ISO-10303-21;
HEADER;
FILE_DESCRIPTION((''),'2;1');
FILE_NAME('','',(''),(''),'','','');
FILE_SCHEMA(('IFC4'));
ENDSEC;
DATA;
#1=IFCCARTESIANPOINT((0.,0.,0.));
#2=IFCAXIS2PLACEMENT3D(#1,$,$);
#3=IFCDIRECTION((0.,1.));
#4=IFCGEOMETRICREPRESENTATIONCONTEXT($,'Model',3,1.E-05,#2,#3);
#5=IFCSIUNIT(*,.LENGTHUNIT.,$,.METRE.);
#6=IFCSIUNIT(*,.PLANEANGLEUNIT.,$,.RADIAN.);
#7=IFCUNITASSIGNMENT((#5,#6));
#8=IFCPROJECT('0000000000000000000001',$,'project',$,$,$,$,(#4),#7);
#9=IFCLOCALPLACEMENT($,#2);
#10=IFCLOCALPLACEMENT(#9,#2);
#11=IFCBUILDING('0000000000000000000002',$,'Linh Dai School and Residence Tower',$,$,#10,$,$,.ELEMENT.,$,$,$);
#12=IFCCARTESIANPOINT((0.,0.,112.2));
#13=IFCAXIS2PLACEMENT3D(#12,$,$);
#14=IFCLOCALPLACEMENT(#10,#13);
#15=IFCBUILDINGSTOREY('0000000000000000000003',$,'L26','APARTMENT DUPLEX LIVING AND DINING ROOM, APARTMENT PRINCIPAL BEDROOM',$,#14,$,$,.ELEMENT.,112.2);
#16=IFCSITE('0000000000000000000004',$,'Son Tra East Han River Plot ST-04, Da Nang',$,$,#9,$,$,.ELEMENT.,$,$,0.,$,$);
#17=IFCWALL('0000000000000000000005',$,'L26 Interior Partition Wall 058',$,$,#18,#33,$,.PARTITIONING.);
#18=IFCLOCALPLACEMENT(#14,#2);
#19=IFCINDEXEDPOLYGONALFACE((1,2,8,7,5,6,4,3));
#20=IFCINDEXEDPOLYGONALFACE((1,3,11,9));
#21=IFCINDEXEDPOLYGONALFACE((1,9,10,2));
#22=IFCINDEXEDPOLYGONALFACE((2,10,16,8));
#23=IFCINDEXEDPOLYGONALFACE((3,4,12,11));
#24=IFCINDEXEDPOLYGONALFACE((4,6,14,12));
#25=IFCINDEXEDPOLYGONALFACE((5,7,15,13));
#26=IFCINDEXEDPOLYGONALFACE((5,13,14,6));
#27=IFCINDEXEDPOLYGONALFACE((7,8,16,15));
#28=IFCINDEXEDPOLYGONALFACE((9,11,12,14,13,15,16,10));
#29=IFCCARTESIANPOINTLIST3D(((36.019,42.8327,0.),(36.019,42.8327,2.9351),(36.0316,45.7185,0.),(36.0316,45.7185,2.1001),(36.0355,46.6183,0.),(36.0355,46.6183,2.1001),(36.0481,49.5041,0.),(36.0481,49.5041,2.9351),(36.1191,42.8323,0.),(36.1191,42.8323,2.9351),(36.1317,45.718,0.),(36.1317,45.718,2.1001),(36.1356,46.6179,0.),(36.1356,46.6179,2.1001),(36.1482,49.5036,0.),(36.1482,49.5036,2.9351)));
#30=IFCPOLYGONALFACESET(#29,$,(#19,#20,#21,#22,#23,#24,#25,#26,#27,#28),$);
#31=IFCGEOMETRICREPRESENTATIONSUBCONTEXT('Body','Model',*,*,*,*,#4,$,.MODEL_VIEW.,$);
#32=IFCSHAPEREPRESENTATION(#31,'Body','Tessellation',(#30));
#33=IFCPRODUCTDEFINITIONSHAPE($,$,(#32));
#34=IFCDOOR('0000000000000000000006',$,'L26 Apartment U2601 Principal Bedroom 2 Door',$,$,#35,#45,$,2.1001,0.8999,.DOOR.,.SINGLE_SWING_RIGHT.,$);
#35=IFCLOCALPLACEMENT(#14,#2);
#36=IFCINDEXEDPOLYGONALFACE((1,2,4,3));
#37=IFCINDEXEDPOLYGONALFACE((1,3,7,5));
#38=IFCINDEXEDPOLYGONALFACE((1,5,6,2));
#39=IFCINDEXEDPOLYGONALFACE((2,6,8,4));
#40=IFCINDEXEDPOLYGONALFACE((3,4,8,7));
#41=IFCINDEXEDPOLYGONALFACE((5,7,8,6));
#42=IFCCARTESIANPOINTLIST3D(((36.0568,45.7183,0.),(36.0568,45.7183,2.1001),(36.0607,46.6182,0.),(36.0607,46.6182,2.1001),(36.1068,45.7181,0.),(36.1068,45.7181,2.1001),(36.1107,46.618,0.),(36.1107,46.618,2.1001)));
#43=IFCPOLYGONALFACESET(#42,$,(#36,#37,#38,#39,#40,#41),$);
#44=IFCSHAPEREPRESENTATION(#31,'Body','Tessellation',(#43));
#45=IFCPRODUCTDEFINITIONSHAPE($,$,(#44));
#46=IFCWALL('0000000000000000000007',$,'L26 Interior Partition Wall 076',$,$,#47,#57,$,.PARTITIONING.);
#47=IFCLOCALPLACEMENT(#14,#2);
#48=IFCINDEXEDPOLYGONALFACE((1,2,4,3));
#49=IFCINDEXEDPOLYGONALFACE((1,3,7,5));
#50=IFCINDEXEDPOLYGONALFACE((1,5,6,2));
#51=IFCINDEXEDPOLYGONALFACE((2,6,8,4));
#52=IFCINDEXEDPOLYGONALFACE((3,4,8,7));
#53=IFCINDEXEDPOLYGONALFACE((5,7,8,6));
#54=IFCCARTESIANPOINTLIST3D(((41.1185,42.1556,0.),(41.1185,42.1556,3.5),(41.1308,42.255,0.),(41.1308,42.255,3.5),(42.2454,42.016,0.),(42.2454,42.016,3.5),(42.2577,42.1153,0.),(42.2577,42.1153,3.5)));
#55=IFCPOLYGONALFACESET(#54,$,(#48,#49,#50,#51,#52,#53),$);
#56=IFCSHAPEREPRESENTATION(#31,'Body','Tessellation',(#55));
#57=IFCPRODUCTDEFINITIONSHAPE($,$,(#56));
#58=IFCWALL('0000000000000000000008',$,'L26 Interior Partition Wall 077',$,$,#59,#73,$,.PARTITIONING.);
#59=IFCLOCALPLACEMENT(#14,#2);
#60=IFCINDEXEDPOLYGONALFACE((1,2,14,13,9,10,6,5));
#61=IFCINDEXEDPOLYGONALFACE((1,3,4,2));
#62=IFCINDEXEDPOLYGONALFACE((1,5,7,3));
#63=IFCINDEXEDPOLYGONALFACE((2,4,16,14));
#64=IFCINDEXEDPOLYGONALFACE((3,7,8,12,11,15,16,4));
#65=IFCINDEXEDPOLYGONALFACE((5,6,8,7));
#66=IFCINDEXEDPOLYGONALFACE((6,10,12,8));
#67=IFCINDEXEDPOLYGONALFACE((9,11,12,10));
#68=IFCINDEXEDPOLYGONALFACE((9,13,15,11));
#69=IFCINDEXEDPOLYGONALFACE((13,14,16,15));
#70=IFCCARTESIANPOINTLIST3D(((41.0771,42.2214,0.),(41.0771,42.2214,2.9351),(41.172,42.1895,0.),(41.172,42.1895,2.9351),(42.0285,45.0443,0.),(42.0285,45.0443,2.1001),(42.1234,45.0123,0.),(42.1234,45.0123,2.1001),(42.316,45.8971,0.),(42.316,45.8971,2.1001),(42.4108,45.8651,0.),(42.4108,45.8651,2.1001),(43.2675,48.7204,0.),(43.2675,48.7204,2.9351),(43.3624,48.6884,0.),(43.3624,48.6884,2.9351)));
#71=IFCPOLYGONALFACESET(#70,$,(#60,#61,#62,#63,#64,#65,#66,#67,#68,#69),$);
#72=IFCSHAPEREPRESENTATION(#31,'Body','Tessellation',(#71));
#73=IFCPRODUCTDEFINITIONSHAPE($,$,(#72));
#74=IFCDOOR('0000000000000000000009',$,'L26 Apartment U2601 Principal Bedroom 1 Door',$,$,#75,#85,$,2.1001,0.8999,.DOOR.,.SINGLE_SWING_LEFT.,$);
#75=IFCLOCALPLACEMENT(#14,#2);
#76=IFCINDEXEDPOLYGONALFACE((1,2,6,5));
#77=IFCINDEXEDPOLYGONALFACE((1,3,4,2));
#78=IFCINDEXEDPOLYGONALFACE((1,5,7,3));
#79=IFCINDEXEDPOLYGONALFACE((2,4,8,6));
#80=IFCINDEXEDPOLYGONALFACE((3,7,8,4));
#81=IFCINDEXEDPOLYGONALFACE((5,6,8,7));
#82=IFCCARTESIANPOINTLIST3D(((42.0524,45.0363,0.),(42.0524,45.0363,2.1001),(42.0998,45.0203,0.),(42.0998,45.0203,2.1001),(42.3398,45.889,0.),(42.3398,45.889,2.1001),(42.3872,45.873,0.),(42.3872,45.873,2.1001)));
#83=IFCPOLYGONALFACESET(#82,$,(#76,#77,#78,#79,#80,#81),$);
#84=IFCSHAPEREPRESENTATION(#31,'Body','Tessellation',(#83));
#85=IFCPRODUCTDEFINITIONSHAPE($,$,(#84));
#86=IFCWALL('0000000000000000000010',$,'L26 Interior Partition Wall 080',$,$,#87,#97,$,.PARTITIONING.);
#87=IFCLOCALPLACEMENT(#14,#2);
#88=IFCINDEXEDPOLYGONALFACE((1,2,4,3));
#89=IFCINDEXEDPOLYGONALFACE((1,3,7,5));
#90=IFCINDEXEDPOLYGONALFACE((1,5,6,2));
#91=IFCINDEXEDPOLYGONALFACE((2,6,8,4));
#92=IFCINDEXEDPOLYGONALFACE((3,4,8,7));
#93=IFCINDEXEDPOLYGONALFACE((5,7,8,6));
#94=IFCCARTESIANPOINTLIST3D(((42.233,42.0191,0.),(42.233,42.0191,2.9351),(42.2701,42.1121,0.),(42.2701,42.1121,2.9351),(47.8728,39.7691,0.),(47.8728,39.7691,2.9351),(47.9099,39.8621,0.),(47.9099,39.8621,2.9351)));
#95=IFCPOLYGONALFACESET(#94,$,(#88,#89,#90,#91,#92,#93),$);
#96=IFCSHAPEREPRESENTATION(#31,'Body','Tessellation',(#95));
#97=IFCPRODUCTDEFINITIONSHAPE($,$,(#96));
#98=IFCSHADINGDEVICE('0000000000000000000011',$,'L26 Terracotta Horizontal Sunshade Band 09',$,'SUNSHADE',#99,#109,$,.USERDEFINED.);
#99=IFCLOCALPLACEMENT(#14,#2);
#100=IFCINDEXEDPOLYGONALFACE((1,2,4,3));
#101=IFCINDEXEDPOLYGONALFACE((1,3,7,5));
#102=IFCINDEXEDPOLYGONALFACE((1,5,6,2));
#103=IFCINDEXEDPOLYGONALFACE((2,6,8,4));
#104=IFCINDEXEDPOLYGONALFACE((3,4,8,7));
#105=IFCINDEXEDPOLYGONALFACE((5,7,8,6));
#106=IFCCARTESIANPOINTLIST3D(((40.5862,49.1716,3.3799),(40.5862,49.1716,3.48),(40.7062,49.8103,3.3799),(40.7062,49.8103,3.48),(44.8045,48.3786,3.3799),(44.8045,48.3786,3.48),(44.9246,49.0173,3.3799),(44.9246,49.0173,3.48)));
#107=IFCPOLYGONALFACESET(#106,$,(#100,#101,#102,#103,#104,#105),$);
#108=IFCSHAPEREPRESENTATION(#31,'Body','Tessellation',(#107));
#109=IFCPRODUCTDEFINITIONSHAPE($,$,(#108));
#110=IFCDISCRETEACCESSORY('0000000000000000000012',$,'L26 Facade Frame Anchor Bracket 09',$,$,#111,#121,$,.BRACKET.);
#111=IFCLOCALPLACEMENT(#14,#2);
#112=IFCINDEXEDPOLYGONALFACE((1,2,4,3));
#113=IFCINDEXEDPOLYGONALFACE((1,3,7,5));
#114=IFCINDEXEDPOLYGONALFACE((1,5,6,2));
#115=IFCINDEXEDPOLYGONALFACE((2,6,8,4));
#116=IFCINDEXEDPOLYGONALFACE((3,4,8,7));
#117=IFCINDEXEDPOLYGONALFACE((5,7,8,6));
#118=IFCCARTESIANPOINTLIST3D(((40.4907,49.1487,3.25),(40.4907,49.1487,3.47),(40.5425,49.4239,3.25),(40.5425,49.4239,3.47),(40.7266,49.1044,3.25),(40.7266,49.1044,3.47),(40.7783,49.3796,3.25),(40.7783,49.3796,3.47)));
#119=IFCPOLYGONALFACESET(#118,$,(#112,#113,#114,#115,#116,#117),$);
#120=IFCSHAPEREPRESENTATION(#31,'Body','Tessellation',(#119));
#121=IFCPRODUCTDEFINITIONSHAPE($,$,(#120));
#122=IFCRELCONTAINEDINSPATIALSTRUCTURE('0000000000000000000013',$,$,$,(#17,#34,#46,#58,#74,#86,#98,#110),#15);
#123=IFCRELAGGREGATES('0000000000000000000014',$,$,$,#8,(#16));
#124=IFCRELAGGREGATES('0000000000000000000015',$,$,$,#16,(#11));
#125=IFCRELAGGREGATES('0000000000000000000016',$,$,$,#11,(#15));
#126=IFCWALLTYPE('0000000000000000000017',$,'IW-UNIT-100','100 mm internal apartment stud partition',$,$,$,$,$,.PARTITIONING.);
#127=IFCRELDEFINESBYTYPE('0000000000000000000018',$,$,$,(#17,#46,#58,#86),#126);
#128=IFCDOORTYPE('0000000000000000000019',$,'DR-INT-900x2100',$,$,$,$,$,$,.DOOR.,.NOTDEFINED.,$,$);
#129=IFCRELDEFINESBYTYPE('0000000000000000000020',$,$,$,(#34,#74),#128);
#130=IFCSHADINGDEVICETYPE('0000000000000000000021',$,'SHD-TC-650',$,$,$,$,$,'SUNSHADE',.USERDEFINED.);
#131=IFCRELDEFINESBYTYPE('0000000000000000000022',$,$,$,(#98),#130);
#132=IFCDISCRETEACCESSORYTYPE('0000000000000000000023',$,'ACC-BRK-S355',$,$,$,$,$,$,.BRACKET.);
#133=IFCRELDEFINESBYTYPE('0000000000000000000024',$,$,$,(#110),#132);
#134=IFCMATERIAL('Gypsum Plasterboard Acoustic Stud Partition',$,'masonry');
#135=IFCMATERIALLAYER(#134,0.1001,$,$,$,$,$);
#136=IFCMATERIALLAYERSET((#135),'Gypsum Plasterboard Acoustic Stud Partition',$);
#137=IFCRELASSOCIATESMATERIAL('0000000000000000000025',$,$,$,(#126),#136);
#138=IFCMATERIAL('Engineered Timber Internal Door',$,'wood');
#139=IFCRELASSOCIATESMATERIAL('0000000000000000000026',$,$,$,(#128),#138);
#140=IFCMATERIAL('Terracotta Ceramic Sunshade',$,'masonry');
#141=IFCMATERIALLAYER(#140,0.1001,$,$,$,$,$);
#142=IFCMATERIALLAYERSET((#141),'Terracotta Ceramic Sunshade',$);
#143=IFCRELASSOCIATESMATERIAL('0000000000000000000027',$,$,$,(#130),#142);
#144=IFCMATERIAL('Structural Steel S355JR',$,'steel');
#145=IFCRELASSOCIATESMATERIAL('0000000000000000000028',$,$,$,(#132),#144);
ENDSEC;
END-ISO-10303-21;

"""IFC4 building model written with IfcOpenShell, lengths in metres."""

from ifc_helpers import new_model, si_unit, direction, frame, frame_2d, origin, origin_2d, place, context, subcontext, project, spatial, rectangle, extrude, source, transform, mapped, material, layer, layer_set, type_object, element, fill, save


model = new_model("IFC4")

# Units and contexts
model_context = context("Model", 3, precision=1e-05, world=origin(), true_north=direction((0.0, 1.0)))
body_context = subcontext(model_context, "Body", "Model", "MODEL_VIEW")
ifc_project = project(units=[si_unit("LENGTHUNIT", "METRE"), si_unit("PLANEANGLEUNIT", "RADIAN")], contexts=[model_context])

# Site, building, storey
site_placement = place(None, origin())
site = spatial("IfcSite", under=ifc_project, at=site_placement, Name="Son Tra East Han River Plot ST-04, Da Nang", CompositionType="ELEMENT", RefElevation=0.0)
building_placement = place(site_placement, origin())
building = spatial("IfcBuilding", under=site, at=building_placement, Name="Linh Dai School and Residence Tower", CompositionType="ELEMENT")
storey_placement = place(building_placement, frame((0.0, 0.0, 112.2)))
storey = spatial("IfcBuildingStorey", under=building, at=storey_placement, Name="L26", Description="APARTMENT DUPLEX LIVING AND DINING ROOM, APARTMENT PRINCIPAL BEDROOM", CompositionType="ELEMENT", Elevation=112.2)

# Shared definitions
ifc_material_1 = material(Name="Structural Steel S355JR", Category="steel")

# Wall, opening, door
ifc_material_2 = material(Name="Gypsum Plasterboard Acoustic Stud Partition", Category="masonry")
ifc_layer_1 = layer(ifc_material_2, 0.1001)
ifc_layer_set_1 = layer_set([ifc_layer_1], Name="Gypsum Plasterboard Acoustic Stud Partition")
wall_type_1 = type_object("IfcWallType", Name="IW-UNIT-100", Description="100 mm internal apartment stud partition", PredefinedType="PARTITIONING", material=ifc_layer_set_1)
wall_1_placement = place(storey_placement, frame((36.0691, 42.8325, 0.0), z_axis=(0.0, 0.0, 1.0), x_axis=(0.004355, 0.999991, 0.0)))
wall_1 = element("IfcWall", 1, at=wall_1_placement, inside=storey, type_object=wall_type_1, Name="L26 Interior Partition Wall 058", PredefinedType="PARTITIONING", context=body_context, shape_type="SweptSolid", body=[
    extrude(rectangle(XDim=6.6714, YDim=0.1001, at=frame_2d((3.3357, 0.0))), origin(), (0.0, 0.0, 1.0), 2.9351),
])
opening_1_placement = place(wall_1_placement, frame((2.8857, 0.0, 0.0)))
opening_1 = element("IfcOpeningElement", 2, at=opening_1_placement, cuts=wall_1, PredefinedType="OPENING", context=body_context, shape_type="SweptSolid", body=[
    extrude(rectangle(XDim=0.8999, YDim=2.1001, at=origin_2d()), frame((0.45, 0.0601, 1.05), z_axis=(0.0, -1.0, 0.0), x_axis=(1.0, 0.0, 0.0)), (0.0, 0.0, 1.0), 0.1201),
])
ifc_material_3 = material(Name="Engineered Timber Internal Door", Category="wood")
door_type_1 = type_object("IfcDoorType", Name="DR-INT-900x2100", OperationType="NOTDEFINED", PredefinedType="DOOR", material=ifc_material_3)
shared_shape_1 = source(origin(), body_context, "Body", "SweptSolid", [
    extrude(rectangle(XDim=0.8999, YDim=2.1001, at=origin_2d()), frame((0.45, 0.0249, 1.05), z_axis=(0.0, -1.0, 0.0), x_axis=(1.0, 0.0, 0.0)), (0.0, 0.0, 1.0), 0.05),
])
door_1_placement = place(opening_1_placement, origin())
door_1 = element("IfcDoor", 3, at=door_1_placement, inside=storey, type_object=door_type_1, Name="L26 Apartment U2601 Principal Bedroom 2 Door", OperationType="SINGLE_SWING_RIGHT", OverallHeight=2.1001, OverallWidth=0.8999, PredefinedType="DOOR", context=body_context, shape_type="MappedRepresentation", body=[
    mapped(shared_shape_1, transform((0.0, 0.0, 0.0), x_axis=(1.0, 0.0, 0.0), y_axis=(0.0, 1.0, 0.0), z_axis=(0.0, 0.0, 1.0), scale=1.0)),
])
fill(opening_1, door_1)

# Wall
wall_2_placement = place(storey_placement, frame((41.1245, 42.2053, 0.0), z_axis=(0.0, 0.0, 1.0), x_axis=(0.99241, -0.122976, 0.0)))
element("IfcWall", 4, at=wall_2_placement, inside=storey, type_object=wall_type_1, Name="L26 Interior Partition Wall 076", PredefinedType="PARTITIONING", context=body_context, shape_type="SweptSolid", body=[
    extrude(rectangle(XDim=1.1355, YDim=0.1001, at=frame_2d((0.5679, 0.0))), origin(), (0.0, 0.0, 1.0), 3.5),
])

# Wall, opening, door
wall_3_placement = place(storey_placement, frame((41.1245, 42.2053, 0.0), z_axis=(0.0, 0.0, 1.0), x_axis=(0.319387, 0.947624, 0.0)))
wall_3 = element("IfcWall", 5, at=wall_3_placement, inside=storey, type_object=wall_type_1, Name="L26 Interior Partition Wall 077", PredefinedType="PARTITIONING", context=body_context, shape_type="SweptSolid", body=[
    extrude(rectangle(XDim=6.8582, YDim=0.1001, at=frame_2d((3.4292, 0.0))), origin(), (0.0, 0.0, 1.0), 2.9351),
])
opening_2_placement = place(wall_3_placement, frame((2.979, 0.0, 0.0)))
opening_2 = element("IfcOpeningElement", 6, at=opening_2_placement, cuts=wall_3, PredefinedType="OPENING", context=body_context, shape_type="SweptSolid", body=[
    extrude(rectangle(XDim=0.8999, YDim=2.1001, at=origin_2d()), frame((0.45, 0.0601, 1.05), z_axis=(0.0, -1.0, 0.0), x_axis=(1.0, 0.0, 0.0)), (0.0, 0.0, 1.0), 0.1201),
])
door_2_placement = place(opening_2_placement, origin())
door_2 = element("IfcDoor", 7, at=door_2_placement, inside=storey, type_object=door_type_1, Name="L26 Apartment U2601 Principal Bedroom 1 Door", OperationType="SINGLE_SWING_LEFT", OverallHeight=2.1001, OverallWidth=0.8999, PredefinedType="DOOR", context=body_context, shape_type="MappedRepresentation", body=[
    mapped(shared_shape_1, transform((0.0, 0.0, 0.0), x_axis=(1.0, 0.0, 0.0), y_axis=(0.0, 1.0, 0.0), z_axis=(0.0, 0.0, 1.0), scale=1.0)),
])
fill(opening_2, door_2)

# Wall
wall_4_placement = place(storey_placement, frame((42.2515, 42.0657, 0.0), z_axis=(0.0, 0.0, 1.0), x_axis=(0.928809, -0.370559, 0.0)))
element("IfcWall", 8, at=wall_4_placement, inside=storey, type_object=wall_type_1, Name="L26 Interior Partition Wall 080", PredefinedType="PARTITIONING", context=body_context, shape_type="SweptSolid", body=[
    extrude(rectangle(XDim=6.072, YDim=0.1001, at=frame_2d((3.0361, 0.0))), origin(), (0.0, 0.0, 1.0), 2.9351),
])

# Shading device
ifc_material_4 = material(Name="Terracotta Ceramic Sunshade", Category="masonry")
ifc_layer_2 = layer(ifc_material_4, 0.1001)
ifc_layer_set_2 = layer_set([ifc_layer_2], Name="Terracotta Ceramic Sunshade")
shading_device_type = type_object("IfcShadingDeviceType", Name="SHD-TC-650", ElementType="SUNSHADE", PredefinedType="USERDEFINED", material=ifc_layer_set_2)
shared_shape_2 = source(origin(), body_context, "Body", "SweptSolid", [
    extrude(rectangle(XDim=4.2922, YDim=0.6499, at=origin_2d()), origin(), (0.0, 0.0, 1.0), 0.1001),
])
shading_device_placement = place(storey_placement, frame((42.7554, 49.0945, 3.3799), z_axis=(0.0, 0.0, 1.0), x_axis=(0.982785, -0.184755, 0.0)))
element("IfcShadingDevice", 9, at=shading_device_placement, inside=storey, type_object=shading_device_type, Name="L26 Terracotta Horizontal Sunshade Band 09", ObjectType="SUNSHADE", PredefinedType="USERDEFINED", context=body_context, shape_type="MappedRepresentation", body=[
    mapped(shared_shape_2, transform((0.0, 0.0, 0.0), x_axis=(1.0, 0.0, 0.0), y_axis=(0.0, 1.0, 0.0), z_axis=(0.0, 0.0, 1.0), scale=1.0)),
])

# Discrete accessory
discrete_accessory_type = type_object("IfcDiscreteAccessoryType", Name="ACC-BRK-S355", PredefinedType="BRACKET", material=ifc_material_1)
shared_shape_3 = source(origin(), body_context, "Body", "SweptSolid", [
    extrude(rectangle(XDim=0.28, YDim=0.24, at=origin_2d()), origin(), (0.0, 0.0, 1.0), 0.22),
])
discrete_accessory_placement = place(storey_placement, frame((40.6345, 49.2642, 3.25), z_axis=(0.0, 0.0, 1.0), x_axis=(0.184755, 0.982785, 0.0)))
element("IfcDiscreteAccessory", 10, at=discrete_accessory_placement, inside=storey, type_object=discrete_accessory_type, Name="L26 Facade Frame Anchor Bracket 09", PredefinedType="BRACKET", context=body_context, shape_type="MappedRepresentation", body=[
    mapped(shared_shape_3, transform((0.0, 0.0, 0.0), x_axis=(1.0, 0.0, 0.0), y_axis=(0.0, 1.0, 0.0), z_axis=(0.0, 0.0, 1.0), scale=1.0)),
])

save(model, "model.ifc")
